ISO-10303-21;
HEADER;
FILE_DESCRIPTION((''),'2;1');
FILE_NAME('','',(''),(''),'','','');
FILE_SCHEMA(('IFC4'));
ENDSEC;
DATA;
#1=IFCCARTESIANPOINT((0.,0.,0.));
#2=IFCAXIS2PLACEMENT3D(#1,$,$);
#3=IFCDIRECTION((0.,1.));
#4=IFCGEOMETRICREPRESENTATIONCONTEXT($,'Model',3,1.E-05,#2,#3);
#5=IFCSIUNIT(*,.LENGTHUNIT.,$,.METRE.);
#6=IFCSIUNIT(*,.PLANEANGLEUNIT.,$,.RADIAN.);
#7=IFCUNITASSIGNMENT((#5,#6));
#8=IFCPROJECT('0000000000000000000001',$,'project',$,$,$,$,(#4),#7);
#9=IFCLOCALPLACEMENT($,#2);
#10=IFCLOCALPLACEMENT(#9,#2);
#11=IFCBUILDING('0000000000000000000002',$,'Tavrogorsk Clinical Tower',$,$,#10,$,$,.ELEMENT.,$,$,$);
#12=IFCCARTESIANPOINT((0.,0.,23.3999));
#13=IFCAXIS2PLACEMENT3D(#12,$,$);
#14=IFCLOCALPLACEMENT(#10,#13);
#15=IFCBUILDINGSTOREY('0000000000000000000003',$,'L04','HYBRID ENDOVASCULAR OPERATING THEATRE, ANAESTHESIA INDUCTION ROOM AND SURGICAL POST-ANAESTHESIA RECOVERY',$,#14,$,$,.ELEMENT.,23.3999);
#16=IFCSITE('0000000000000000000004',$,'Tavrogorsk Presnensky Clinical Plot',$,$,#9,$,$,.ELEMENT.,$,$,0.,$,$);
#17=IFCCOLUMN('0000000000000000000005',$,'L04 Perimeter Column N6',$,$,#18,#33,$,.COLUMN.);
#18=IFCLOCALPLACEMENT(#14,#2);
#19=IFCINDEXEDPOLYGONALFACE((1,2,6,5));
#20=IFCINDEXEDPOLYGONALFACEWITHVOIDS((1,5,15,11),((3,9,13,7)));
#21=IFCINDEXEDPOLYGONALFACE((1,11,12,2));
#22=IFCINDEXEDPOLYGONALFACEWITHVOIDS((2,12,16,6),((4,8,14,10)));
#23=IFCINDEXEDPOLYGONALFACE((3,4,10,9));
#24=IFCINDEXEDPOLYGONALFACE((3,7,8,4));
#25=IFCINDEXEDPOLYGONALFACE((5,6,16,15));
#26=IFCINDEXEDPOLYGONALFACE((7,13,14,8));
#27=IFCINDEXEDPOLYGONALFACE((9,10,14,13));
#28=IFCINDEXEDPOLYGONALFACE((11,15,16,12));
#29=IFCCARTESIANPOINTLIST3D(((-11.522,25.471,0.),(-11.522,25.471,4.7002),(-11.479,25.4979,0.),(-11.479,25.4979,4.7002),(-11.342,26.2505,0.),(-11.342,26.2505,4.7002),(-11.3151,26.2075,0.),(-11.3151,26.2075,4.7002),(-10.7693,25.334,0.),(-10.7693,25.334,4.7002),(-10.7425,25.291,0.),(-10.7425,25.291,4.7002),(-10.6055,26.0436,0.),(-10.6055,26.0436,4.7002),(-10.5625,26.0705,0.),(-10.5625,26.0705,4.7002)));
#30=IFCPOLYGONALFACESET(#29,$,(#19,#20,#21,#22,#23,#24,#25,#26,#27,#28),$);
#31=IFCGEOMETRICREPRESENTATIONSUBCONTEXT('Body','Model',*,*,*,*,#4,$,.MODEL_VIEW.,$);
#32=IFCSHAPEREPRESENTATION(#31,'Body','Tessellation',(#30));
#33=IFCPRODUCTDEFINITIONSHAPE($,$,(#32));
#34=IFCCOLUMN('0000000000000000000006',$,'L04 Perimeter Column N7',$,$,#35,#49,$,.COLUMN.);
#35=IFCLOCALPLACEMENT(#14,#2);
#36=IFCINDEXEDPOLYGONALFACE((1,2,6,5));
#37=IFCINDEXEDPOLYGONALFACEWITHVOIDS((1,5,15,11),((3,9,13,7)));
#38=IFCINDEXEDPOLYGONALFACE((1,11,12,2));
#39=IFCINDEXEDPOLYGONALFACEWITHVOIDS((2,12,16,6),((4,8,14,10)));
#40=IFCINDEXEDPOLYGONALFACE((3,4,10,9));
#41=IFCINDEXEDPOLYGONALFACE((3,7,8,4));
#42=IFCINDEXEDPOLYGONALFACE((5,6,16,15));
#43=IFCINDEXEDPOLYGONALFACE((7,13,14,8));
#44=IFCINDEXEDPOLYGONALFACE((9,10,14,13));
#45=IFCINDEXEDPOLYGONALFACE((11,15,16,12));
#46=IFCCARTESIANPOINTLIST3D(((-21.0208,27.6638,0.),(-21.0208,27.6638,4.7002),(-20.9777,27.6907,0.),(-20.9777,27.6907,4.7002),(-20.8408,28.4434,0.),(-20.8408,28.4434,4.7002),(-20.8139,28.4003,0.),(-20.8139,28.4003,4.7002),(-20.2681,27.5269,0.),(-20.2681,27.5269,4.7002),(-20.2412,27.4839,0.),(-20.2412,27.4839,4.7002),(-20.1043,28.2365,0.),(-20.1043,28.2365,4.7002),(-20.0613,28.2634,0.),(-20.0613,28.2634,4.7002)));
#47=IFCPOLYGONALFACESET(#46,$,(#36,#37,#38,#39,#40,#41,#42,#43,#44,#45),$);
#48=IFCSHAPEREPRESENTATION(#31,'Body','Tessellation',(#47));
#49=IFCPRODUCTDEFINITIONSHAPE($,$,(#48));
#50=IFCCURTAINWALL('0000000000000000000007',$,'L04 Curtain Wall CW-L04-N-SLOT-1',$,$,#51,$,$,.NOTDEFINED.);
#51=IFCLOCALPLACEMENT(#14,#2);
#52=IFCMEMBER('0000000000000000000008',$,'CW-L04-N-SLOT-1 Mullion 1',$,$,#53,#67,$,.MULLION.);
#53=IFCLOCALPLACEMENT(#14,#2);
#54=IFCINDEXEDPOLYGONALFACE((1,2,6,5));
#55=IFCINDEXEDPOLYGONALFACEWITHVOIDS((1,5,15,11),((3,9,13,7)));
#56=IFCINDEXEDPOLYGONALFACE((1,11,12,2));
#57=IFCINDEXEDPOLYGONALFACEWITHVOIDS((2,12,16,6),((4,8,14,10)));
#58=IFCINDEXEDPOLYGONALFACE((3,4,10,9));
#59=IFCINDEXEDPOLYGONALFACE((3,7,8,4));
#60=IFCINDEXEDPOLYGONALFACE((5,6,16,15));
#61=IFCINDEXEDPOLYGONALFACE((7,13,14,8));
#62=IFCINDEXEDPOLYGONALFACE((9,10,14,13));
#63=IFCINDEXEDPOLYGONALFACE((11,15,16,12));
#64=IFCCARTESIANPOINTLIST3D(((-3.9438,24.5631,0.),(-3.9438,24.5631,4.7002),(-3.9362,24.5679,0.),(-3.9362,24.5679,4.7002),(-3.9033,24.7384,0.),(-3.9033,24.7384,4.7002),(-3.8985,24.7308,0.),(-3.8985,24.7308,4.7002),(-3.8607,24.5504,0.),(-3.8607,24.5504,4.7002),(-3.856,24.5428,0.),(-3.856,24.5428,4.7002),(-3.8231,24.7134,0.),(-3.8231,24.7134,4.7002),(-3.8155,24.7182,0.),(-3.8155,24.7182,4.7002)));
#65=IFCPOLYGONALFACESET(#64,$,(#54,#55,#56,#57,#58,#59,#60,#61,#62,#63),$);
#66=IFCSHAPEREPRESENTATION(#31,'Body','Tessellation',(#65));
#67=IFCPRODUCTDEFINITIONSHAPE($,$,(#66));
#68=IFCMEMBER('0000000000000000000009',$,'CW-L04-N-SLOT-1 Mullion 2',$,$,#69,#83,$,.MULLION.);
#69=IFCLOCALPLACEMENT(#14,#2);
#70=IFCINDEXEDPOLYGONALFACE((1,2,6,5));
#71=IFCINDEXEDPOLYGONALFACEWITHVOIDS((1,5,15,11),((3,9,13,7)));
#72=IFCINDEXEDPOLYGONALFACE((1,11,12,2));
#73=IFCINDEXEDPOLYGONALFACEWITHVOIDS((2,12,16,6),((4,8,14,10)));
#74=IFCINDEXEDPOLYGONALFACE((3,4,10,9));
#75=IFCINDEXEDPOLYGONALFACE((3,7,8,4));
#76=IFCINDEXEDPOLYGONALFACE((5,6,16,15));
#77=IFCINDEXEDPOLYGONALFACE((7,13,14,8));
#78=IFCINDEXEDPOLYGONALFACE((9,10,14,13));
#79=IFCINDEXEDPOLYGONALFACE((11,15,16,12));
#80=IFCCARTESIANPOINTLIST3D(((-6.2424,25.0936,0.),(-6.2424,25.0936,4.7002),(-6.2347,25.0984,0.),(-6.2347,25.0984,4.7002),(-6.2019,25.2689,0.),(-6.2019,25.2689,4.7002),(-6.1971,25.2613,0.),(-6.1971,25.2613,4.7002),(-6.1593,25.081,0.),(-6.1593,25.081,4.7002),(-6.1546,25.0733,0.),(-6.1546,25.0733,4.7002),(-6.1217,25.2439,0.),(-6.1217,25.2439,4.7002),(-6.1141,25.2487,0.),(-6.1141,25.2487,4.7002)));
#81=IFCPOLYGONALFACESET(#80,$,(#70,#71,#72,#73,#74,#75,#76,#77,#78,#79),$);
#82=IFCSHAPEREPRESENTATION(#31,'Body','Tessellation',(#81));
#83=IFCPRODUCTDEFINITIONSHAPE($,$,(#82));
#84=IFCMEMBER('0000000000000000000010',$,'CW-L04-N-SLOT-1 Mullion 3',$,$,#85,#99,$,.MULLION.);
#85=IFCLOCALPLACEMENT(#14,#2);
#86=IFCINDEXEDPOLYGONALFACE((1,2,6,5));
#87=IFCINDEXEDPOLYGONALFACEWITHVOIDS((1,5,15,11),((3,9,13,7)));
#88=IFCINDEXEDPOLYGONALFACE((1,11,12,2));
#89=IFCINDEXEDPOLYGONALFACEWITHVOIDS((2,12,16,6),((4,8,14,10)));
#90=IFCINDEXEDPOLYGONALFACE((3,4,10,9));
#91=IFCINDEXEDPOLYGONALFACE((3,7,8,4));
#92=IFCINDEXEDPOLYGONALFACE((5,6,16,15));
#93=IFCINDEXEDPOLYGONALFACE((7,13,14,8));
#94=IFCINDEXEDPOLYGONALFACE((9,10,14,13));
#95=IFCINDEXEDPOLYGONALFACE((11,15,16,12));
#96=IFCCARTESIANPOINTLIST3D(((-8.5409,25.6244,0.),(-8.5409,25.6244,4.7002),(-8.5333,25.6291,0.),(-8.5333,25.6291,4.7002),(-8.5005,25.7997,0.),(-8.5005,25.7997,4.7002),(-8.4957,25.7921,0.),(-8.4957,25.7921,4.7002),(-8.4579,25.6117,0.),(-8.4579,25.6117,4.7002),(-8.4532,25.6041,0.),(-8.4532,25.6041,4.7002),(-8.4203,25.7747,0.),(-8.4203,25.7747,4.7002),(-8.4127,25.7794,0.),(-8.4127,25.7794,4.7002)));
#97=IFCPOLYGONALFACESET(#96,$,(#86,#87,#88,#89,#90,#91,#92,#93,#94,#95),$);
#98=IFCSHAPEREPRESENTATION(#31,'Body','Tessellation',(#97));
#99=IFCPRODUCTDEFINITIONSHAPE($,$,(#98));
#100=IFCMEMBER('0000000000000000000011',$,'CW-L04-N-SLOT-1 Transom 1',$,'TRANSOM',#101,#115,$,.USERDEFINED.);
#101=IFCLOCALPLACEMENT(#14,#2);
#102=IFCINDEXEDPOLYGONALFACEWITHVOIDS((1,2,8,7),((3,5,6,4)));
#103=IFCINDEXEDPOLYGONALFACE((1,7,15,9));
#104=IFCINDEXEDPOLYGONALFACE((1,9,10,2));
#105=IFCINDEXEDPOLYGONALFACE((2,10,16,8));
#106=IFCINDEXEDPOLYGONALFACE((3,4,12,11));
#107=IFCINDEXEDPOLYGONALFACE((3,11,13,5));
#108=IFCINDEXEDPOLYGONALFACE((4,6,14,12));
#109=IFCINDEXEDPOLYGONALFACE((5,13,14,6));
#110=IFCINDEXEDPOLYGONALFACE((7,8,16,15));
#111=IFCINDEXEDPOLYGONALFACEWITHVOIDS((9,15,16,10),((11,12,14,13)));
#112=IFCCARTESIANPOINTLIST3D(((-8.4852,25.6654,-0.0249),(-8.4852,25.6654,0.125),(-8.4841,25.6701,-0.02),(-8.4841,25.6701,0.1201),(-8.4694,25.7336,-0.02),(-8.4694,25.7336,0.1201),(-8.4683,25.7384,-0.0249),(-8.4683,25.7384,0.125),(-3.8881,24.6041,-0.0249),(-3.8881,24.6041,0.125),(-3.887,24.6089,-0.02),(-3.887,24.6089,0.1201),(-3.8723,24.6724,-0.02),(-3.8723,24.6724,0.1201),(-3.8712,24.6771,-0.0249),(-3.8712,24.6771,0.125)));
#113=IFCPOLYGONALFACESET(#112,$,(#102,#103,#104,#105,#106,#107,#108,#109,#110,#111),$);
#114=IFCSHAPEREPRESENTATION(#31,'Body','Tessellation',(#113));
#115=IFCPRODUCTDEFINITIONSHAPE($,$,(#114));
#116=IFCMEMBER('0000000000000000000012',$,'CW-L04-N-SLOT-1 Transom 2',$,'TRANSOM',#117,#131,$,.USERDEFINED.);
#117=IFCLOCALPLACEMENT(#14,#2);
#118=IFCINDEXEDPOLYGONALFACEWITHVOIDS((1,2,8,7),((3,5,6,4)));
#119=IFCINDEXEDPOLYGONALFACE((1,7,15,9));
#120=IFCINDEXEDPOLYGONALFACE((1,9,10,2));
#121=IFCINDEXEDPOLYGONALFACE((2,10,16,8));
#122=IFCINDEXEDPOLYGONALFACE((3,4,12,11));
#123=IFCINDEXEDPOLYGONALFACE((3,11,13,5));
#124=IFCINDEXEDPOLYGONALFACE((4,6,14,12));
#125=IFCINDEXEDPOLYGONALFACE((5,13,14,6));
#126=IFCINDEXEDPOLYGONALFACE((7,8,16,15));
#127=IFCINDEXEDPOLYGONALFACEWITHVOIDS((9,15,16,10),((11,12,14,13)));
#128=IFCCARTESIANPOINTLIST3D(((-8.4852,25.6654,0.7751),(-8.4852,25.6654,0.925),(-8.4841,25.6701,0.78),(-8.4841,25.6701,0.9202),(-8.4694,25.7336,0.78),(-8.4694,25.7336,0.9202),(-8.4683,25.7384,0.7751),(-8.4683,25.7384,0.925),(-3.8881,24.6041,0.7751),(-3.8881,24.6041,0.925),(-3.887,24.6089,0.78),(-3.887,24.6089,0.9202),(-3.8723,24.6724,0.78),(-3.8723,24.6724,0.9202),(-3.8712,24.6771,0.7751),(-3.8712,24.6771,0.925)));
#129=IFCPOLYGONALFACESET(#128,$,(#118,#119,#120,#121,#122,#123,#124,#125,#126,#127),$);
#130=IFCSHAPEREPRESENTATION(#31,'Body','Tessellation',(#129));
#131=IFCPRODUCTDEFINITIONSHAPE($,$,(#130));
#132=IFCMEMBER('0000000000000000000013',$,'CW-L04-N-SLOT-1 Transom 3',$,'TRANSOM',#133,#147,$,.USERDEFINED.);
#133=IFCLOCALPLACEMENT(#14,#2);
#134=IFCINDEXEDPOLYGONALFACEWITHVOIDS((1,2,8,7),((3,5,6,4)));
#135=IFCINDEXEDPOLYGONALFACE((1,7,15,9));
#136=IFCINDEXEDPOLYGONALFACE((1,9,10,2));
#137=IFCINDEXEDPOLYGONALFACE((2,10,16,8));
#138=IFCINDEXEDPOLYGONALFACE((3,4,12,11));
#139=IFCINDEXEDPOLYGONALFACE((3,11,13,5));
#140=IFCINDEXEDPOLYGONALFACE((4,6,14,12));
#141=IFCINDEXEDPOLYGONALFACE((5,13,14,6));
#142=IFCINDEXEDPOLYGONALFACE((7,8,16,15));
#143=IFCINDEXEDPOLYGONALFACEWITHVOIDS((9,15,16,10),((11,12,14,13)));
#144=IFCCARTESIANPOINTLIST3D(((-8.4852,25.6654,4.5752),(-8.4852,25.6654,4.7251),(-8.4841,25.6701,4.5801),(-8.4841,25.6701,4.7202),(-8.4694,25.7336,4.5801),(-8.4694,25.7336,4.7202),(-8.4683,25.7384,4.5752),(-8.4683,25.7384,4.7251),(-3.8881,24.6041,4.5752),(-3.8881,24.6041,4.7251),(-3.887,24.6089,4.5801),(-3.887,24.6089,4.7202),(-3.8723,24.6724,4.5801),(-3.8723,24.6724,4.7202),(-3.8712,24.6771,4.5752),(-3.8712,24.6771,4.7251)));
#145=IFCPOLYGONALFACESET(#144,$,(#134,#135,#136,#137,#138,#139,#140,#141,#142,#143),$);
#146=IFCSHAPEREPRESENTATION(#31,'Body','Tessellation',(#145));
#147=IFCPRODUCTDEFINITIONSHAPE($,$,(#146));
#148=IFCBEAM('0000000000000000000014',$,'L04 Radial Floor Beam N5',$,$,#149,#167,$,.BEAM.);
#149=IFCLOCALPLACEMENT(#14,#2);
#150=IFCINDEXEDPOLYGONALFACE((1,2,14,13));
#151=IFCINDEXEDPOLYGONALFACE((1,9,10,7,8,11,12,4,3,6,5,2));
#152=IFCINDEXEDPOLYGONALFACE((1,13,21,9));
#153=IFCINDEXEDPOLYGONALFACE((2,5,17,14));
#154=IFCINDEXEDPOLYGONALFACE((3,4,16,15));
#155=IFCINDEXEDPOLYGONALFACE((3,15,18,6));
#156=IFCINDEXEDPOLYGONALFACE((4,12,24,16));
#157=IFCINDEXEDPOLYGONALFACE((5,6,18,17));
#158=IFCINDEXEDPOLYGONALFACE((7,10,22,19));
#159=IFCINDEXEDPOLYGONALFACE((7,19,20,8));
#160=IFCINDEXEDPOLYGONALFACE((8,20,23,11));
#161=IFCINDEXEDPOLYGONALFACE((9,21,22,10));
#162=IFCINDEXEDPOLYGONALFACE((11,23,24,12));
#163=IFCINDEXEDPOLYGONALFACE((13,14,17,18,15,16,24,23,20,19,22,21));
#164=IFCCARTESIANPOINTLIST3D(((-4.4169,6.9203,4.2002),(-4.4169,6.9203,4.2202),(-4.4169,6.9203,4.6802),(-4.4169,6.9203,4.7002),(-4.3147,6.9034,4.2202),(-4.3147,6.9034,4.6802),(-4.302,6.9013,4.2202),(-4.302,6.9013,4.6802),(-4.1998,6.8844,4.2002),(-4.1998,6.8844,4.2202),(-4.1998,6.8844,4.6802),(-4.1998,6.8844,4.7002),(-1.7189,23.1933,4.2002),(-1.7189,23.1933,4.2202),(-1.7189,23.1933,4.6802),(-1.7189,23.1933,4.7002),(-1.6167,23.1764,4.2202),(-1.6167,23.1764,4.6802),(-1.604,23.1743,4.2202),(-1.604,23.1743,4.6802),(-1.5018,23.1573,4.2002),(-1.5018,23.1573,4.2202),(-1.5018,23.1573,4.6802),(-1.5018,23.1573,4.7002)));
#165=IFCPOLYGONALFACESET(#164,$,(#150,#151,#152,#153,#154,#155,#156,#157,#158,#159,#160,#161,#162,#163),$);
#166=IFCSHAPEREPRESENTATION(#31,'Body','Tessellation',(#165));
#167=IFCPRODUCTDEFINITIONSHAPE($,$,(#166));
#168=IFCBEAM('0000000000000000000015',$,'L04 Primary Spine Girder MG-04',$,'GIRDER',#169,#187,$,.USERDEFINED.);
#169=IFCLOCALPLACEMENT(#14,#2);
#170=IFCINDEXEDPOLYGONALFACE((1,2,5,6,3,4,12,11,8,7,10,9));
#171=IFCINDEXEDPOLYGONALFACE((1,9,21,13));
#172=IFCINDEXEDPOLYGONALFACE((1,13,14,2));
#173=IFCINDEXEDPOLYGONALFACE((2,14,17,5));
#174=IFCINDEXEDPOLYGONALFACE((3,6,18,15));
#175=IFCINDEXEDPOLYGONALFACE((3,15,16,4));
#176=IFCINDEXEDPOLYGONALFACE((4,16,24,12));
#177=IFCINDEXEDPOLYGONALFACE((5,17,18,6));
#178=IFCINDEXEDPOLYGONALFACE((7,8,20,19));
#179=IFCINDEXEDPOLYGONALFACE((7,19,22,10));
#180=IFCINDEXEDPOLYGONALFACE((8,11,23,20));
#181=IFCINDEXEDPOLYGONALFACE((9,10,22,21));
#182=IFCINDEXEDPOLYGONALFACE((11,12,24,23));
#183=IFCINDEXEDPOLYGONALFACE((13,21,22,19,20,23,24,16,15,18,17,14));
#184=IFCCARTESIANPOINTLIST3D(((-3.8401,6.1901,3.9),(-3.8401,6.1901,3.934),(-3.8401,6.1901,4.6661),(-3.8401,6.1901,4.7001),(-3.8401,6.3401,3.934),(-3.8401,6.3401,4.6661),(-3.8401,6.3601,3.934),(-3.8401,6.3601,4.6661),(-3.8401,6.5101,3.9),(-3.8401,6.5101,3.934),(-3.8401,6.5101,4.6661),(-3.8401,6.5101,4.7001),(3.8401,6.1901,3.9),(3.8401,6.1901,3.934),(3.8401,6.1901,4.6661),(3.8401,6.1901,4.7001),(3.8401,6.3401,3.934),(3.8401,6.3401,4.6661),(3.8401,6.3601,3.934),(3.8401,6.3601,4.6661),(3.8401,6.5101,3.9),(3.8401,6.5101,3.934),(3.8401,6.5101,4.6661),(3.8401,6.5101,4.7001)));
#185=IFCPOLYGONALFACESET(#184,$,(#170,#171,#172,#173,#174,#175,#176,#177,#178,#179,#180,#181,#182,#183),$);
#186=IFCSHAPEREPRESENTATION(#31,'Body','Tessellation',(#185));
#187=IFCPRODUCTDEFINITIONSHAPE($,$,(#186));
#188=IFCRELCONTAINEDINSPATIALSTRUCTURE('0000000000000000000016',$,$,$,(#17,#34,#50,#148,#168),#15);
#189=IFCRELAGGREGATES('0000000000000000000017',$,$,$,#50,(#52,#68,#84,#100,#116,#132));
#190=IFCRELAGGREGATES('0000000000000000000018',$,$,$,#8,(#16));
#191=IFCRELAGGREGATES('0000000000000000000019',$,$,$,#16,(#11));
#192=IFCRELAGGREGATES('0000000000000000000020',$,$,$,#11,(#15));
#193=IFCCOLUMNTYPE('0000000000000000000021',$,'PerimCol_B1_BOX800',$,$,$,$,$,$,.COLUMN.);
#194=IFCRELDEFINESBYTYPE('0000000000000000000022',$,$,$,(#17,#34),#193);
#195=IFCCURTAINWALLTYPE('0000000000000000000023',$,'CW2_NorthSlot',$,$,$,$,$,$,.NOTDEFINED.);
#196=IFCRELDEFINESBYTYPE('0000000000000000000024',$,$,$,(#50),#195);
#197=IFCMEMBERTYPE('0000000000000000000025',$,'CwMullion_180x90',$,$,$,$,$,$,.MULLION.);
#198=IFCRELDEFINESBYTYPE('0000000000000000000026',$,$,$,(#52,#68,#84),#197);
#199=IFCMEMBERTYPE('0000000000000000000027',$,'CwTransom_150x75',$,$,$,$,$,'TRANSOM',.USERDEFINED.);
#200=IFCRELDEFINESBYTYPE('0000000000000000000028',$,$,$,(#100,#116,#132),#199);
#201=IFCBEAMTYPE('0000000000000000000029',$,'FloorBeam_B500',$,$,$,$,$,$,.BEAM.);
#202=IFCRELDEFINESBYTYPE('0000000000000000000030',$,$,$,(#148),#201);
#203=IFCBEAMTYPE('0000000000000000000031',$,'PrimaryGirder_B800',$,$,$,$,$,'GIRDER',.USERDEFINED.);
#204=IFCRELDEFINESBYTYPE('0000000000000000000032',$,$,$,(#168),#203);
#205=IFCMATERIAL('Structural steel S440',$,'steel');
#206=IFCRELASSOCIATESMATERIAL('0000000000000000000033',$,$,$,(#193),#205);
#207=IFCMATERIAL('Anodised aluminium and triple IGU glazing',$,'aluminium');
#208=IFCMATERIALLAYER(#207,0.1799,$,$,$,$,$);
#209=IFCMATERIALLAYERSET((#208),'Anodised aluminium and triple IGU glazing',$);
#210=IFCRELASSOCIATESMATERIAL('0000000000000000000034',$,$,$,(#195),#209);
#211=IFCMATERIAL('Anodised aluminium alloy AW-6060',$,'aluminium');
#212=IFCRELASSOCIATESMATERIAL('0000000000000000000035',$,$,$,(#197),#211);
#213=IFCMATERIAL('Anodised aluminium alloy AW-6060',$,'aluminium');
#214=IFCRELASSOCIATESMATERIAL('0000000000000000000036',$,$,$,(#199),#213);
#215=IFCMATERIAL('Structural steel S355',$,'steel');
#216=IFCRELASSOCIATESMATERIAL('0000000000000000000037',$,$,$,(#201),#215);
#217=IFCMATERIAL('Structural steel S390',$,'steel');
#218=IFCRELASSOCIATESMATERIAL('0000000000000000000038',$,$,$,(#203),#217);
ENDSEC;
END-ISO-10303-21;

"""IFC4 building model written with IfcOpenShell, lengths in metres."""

from ifc_helpers import new_model, si_unit, direction, frame, origin, origin_2d, place, context, subcontext, project, spatial, hollow_rectangle, i_section, extrude, material, layer, layer_set, material_profile, profile_set, type_object, element, aggregate, save


model = new_model("IFC4")

# Units and contexts
model_context = context("Model", 3, precision=1e-05, world=origin(), true_north=direction((0.0, 1.0)))
body_context = subcontext(model_context, "Body", "Model", "MODEL_VIEW")
ifc_project = project(units=[si_unit("LENGTHUNIT", "METRE"), si_unit("PLANEANGLEUNIT", "RADIAN")], contexts=[model_context])

# Site, building, storey
site_placement = place(None, origin())
site = spatial("IfcSite", under=ifc_project, at=site_placement, Name="Tavrogorsk Presnensky Clinical Plot", CompositionType="ELEMENT", RefElevation=0.0)
building_placement = place(site_placement, origin())
building = spatial("IfcBuilding", under=site, at=building_placement, Name="Tavrogorsk Clinical Tower", CompositionType="ELEMENT")
storey_placement = place(building_placement, frame((0.0, 0.0, 23.3999)))
storey = spatial("IfcBuildingStorey", under=building, at=storey_placement, Name="L04", Description="HYBRID ENDOVASCULAR OPERATING THEATRE, ANAESTHESIA INDUCTION ROOM AND SURGICAL POST-ANAESTHESIA RECOVERY", CompositionType="ELEMENT", Elevation=23.3999)

# Columns
ifc_material_1 = material(Name="Structural steel S440", Category="steel")
ifc_material_profile_1 = material_profile(ifc_material_1, hollow_rectangle(XDim=0.8, YDim=0.8, WallThickness=0.0359, at=origin_2d()), Name="BOX-800x800x36")
ifc_profile_set_1 = profile_set([ifc_material_profile_1], Name="Structural steel S440")
column_type = type_object("IfcColumnType", Name="PerimCol_B1_BOX800", PredefinedType="COLUMN", material=ifc_profile_set_1)
for number, where, z_axis, x_axis, name in (
    (1, (-11.0422, 25.7708, 0.0), (0.0, 0.0, 1.0), (0.97437, -0.224951, 0.0), "L04 Perimeter Column N6"),
    (2, (-20.541, 27.9636, 0.0), (0.0, 0.0, 1.0), (0.97437, -0.224951, 0.0), "L04 Perimeter Column N7"),
):
    element("IfcColumn", number, at=place(storey_placement, frame(where, z_axis=z_axis, x_axis=x_axis)), inside=storey, type_object=column_type, Name=name, PredefinedType="COLUMN", context=body_context, shape_type="SweptSolid", body=[
        extrude(hollow_rectangle(XDim=0.8, YDim=0.8, WallThickness=0.0359, at=origin_2d()), origin(), (0.0, 0.0, 1.0), 4.7002),
    ])

# Curtain wall, members
ifc_material_2 = material(Name="Anodised aluminium and triple IGU glazing", Category="aluminium")
ifc_layer_1 = layer(ifc_material_2, 0.1799)
ifc_layer_set_1 = layer_set([ifc_layer_1], Name="Anodised aluminium and triple IGU glazing")
curtain_wall_type = type_object("IfcCurtainWallType", Name="CW2_NorthSlot", PredefinedType="NOTDEFINED", material=ifc_layer_set_1)
curtain_wall_placement = place(storey_placement, origin())
curtain_wall = element("IfcCurtainWall", 3, at=curtain_wall_placement, inside=storey, type_object=curtain_wall_type, Name="L04 Curtain Wall CW-L04-N-SLOT-1", PredefinedType="NOTDEFINED")
ifc_material_3 = material(Name="Anodised aluminium alloy AW-6060", Category="aluminium")
ifc_material_profile_2 = material_profile(ifc_material_3, hollow_rectangle(XDim=0.0901, YDim=0.1799, WallThickness=0.0063, at=origin_2d()), Name="RHS-180x90x6.3")
ifc_profile_set_2 = profile_set([ifc_material_profile_2], Name="Anodised aluminium alloy AW-6060")
member_type_1 = type_object("IfcMemberType", Name="CwMullion_180x90", PredefinedType="MULLION", material=ifc_profile_set_2)
member_1_placement = place(storey_placement, frame((-3.8796, 24.6406, 0.0), z_axis=(0.0, 0.0, 1.0), x_axis=(-0.97437, 0.224951, 0.0)))
member_1 = element("IfcMember", 4, at=member_1_placement, type_object=member_type_1, Name="CW-L04-N-SLOT-1 Mullion 1", PredefinedType="MULLION", context=body_context, shape_type="SweptSolid", body=[
    extrude(hollow_rectangle(XDim=0.0901, YDim=0.1799, WallThickness=0.0063, at=origin_2d()), origin(), (0.0, 0.0, 1.0), 4.7002),
])
member_2_placement = place(storey_placement, frame((-6.1782, 25.1711, 0.0), z_axis=(0.0, 0.0, 1.0), x_axis=(-0.97437, 0.224951, 0.0)))
member_2 = element("IfcMember", 5, at=member_2_placement, type_object=member_type_1, Name="CW-L04-N-SLOT-1 Mullion 2", PredefinedType="MULLION", context=body_context, shape_type="SweptSolid", body=[
    extrude(hollow_rectangle(XDim=0.0901, YDim=0.1799, WallThickness=0.0063, at=origin_2d()), origin(), (0.0, 0.0, 1.0), 4.7002),
])
member_3_placement = place(storey_placement, frame((-8.4768, 25.7019, 0.0), z_axis=(0.0, 0.0, 1.0), x_axis=(-0.97437, 0.224951, 0.0)))
member_3 = element("IfcMember", 6, at=member_3_placement, type_object=member_type_1, Name="CW-L04-N-SLOT-1 Mullion 3", PredefinedType="MULLION", context=body_context, shape_type="SweptSolid", body=[
    extrude(hollow_rectangle(XDim=0.0901, YDim=0.1799, WallThickness=0.0063, at=origin_2d()), origin(), (0.0, 0.0, 1.0), 4.7002),
])
ifc_material_4 = material(Name="Anodised aluminium alloy AW-6060", Category="aluminium")
ifc_material_profile_3 = material_profile(ifc_material_4, hollow_rectangle(XDim=0.075, YDim=0.1499, WallThickness=0.0049, at=origin_2d()), Name="RHS-150x75x5")
ifc_profile_set_3 = profile_set([ifc_material_profile_3], Name="Anodised aluminium alloy AW-6060")
member_type_2 = type_object("IfcMemberType", Name="CwTransom_150x75", ElementType="TRANSOM", PredefinedType="USERDEFINED", material=ifc_profile_set_3)
member_4_placement = place(storey_placement, frame((-3.8796, 24.6406, 0.05), z_axis=(-0.974373, 0.224939, 0.0), x_axis=(-0.224939, -0.974373, 0.0)))
member_4 = element("IfcMember", 7, at=member_4_placement, type_object=member_type_2, Name="CW-L04-N-SLOT-1 Transom 1", ObjectType="TRANSOM", PredefinedType="USERDEFINED", context=body_context, shape_type="SweptSolid", body=[
    extrude(hollow_rectangle(XDim=0.075, YDim=0.1499, WallThickness=0.0049, at=origin_2d()), origin(), (0.0, 0.0, 1.0), 4.718),
])
member_5_placement = place(storey_placement, frame((-3.8796, 24.6406, 0.8501), z_axis=(-0.974373, 0.224939, 0.0), x_axis=(-0.224939, -0.974373, 0.0)))
member_5 = element("IfcMember", 8, at=member_5_placement, type_object=member_type_2, Name="CW-L04-N-SLOT-1 Transom 2", ObjectType="TRANSOM", PredefinedType="USERDEFINED", context=body_context, shape_type="SweptSolid", body=[
    extrude(hollow_rectangle(XDim=0.075, YDim=0.1499, WallThickness=0.0049, at=origin_2d()), origin(), (0.0, 0.0, 1.0), 4.718),
])
member_6_placement = place(storey_placement, frame((-3.8796, 24.6406, 4.6501), z_axis=(-0.974373, 0.224939, 0.0), x_axis=(-0.224939, -0.974373, 0.0)))
member_6 = element("IfcMember", 9, at=member_6_placement, type_object=member_type_2, Name="CW-L04-N-SLOT-1 Transom 3", ObjectType="TRANSOM", PredefinedType="USERDEFINED", context=body_context, shape_type="SweptSolid", body=[
    extrude(hollow_rectangle(XDim=0.075, YDim=0.1499, WallThickness=0.0049, at=origin_2d()), origin(), (0.0, 0.0, 1.0), 4.718),
])

# Beams
ifc_material_5 = material(Name="Structural steel S355", Category="steel")
ifc_material_profile_4 = material_profile(ifc_material_5, i_section(OverallWidth=0.22, OverallDepth=0.5, WebThickness=0.0129, FlangeThickness=0.02, at=origin_2d()), Name="B-500x220x13x20")
ifc_profile_set_4 = profile_set([ifc_material_profile_4], Name="Structural steel S355")
beam_type_1 = type_object("IfcBeamType", Name="FloorBeam_B500", PredefinedType="BEAM", material=ifc_profile_set_4)
beam_1_placement = place(storey_placement, frame((-4.3083, 6.9023, 4.4502), z_axis=(0.163564, 0.986533, 0.0), x_axis=(-0.986533, 0.163564, 0.0)))
element("IfcBeam", 10, at=beam_1_placement, inside=storey, type_object=beam_type_1, Name="L04 Radial Floor Beam N5", PredefinedType="BEAM", context=body_context, shape_type="SweptSolid", body=[
    extrude(i_section(OverallWidth=0.22, OverallDepth=0.5, WebThickness=0.0129, FlangeThickness=0.02, at=origin_2d()), origin(), (0.0, 0.0, 1.0), 16.4951),
])
ifc_material_6 = material(Name="Structural steel S390", Category="steel")
ifc_material_profile_5 = material_profile(ifc_material_6, i_section(OverallWidth=0.3201, OverallDepth=0.8, WebThickness=0.02, FlangeThickness=0.0339, at=origin_2d()), Name="B-800x320x20x34")
ifc_profile_set_5 = profile_set([ifc_material_profile_5], Name="Structural steel S390")
beam_type_2 = type_object("IfcBeamType", Name="PrimaryGirder_B800", ElementType="GIRDER", PredefinedType="USERDEFINED", material=ifc_profile_set_5)
beam_2_placement = place(storey_placement, frame((-3.8401, 6.3501, 4.3), z_axis=(1.0, 0.0, 0.0), x_axis=(0.0, 1.0, 0.0)))
element("IfcBeam", 11, at=beam_2_placement, inside=storey, type_object=beam_type_2, Name="L04 Primary Spine Girder MG-04", ObjectType="GIRDER", PredefinedType="USERDEFINED", context=body_context, shape_type="SweptSolid", body=[
    extrude(i_section(OverallWidth=0.3201, OverallDepth=0.8, WebThickness=0.02, FlangeThickness=0.0339, at=origin_2d()), origin(), (0.0, 0.0, 1.0), 7.6802),
])

aggregate(curtain_wall, [member_1, member_2, member_3, member_4, member_5, member_6])

save(model, "model.ifc")
